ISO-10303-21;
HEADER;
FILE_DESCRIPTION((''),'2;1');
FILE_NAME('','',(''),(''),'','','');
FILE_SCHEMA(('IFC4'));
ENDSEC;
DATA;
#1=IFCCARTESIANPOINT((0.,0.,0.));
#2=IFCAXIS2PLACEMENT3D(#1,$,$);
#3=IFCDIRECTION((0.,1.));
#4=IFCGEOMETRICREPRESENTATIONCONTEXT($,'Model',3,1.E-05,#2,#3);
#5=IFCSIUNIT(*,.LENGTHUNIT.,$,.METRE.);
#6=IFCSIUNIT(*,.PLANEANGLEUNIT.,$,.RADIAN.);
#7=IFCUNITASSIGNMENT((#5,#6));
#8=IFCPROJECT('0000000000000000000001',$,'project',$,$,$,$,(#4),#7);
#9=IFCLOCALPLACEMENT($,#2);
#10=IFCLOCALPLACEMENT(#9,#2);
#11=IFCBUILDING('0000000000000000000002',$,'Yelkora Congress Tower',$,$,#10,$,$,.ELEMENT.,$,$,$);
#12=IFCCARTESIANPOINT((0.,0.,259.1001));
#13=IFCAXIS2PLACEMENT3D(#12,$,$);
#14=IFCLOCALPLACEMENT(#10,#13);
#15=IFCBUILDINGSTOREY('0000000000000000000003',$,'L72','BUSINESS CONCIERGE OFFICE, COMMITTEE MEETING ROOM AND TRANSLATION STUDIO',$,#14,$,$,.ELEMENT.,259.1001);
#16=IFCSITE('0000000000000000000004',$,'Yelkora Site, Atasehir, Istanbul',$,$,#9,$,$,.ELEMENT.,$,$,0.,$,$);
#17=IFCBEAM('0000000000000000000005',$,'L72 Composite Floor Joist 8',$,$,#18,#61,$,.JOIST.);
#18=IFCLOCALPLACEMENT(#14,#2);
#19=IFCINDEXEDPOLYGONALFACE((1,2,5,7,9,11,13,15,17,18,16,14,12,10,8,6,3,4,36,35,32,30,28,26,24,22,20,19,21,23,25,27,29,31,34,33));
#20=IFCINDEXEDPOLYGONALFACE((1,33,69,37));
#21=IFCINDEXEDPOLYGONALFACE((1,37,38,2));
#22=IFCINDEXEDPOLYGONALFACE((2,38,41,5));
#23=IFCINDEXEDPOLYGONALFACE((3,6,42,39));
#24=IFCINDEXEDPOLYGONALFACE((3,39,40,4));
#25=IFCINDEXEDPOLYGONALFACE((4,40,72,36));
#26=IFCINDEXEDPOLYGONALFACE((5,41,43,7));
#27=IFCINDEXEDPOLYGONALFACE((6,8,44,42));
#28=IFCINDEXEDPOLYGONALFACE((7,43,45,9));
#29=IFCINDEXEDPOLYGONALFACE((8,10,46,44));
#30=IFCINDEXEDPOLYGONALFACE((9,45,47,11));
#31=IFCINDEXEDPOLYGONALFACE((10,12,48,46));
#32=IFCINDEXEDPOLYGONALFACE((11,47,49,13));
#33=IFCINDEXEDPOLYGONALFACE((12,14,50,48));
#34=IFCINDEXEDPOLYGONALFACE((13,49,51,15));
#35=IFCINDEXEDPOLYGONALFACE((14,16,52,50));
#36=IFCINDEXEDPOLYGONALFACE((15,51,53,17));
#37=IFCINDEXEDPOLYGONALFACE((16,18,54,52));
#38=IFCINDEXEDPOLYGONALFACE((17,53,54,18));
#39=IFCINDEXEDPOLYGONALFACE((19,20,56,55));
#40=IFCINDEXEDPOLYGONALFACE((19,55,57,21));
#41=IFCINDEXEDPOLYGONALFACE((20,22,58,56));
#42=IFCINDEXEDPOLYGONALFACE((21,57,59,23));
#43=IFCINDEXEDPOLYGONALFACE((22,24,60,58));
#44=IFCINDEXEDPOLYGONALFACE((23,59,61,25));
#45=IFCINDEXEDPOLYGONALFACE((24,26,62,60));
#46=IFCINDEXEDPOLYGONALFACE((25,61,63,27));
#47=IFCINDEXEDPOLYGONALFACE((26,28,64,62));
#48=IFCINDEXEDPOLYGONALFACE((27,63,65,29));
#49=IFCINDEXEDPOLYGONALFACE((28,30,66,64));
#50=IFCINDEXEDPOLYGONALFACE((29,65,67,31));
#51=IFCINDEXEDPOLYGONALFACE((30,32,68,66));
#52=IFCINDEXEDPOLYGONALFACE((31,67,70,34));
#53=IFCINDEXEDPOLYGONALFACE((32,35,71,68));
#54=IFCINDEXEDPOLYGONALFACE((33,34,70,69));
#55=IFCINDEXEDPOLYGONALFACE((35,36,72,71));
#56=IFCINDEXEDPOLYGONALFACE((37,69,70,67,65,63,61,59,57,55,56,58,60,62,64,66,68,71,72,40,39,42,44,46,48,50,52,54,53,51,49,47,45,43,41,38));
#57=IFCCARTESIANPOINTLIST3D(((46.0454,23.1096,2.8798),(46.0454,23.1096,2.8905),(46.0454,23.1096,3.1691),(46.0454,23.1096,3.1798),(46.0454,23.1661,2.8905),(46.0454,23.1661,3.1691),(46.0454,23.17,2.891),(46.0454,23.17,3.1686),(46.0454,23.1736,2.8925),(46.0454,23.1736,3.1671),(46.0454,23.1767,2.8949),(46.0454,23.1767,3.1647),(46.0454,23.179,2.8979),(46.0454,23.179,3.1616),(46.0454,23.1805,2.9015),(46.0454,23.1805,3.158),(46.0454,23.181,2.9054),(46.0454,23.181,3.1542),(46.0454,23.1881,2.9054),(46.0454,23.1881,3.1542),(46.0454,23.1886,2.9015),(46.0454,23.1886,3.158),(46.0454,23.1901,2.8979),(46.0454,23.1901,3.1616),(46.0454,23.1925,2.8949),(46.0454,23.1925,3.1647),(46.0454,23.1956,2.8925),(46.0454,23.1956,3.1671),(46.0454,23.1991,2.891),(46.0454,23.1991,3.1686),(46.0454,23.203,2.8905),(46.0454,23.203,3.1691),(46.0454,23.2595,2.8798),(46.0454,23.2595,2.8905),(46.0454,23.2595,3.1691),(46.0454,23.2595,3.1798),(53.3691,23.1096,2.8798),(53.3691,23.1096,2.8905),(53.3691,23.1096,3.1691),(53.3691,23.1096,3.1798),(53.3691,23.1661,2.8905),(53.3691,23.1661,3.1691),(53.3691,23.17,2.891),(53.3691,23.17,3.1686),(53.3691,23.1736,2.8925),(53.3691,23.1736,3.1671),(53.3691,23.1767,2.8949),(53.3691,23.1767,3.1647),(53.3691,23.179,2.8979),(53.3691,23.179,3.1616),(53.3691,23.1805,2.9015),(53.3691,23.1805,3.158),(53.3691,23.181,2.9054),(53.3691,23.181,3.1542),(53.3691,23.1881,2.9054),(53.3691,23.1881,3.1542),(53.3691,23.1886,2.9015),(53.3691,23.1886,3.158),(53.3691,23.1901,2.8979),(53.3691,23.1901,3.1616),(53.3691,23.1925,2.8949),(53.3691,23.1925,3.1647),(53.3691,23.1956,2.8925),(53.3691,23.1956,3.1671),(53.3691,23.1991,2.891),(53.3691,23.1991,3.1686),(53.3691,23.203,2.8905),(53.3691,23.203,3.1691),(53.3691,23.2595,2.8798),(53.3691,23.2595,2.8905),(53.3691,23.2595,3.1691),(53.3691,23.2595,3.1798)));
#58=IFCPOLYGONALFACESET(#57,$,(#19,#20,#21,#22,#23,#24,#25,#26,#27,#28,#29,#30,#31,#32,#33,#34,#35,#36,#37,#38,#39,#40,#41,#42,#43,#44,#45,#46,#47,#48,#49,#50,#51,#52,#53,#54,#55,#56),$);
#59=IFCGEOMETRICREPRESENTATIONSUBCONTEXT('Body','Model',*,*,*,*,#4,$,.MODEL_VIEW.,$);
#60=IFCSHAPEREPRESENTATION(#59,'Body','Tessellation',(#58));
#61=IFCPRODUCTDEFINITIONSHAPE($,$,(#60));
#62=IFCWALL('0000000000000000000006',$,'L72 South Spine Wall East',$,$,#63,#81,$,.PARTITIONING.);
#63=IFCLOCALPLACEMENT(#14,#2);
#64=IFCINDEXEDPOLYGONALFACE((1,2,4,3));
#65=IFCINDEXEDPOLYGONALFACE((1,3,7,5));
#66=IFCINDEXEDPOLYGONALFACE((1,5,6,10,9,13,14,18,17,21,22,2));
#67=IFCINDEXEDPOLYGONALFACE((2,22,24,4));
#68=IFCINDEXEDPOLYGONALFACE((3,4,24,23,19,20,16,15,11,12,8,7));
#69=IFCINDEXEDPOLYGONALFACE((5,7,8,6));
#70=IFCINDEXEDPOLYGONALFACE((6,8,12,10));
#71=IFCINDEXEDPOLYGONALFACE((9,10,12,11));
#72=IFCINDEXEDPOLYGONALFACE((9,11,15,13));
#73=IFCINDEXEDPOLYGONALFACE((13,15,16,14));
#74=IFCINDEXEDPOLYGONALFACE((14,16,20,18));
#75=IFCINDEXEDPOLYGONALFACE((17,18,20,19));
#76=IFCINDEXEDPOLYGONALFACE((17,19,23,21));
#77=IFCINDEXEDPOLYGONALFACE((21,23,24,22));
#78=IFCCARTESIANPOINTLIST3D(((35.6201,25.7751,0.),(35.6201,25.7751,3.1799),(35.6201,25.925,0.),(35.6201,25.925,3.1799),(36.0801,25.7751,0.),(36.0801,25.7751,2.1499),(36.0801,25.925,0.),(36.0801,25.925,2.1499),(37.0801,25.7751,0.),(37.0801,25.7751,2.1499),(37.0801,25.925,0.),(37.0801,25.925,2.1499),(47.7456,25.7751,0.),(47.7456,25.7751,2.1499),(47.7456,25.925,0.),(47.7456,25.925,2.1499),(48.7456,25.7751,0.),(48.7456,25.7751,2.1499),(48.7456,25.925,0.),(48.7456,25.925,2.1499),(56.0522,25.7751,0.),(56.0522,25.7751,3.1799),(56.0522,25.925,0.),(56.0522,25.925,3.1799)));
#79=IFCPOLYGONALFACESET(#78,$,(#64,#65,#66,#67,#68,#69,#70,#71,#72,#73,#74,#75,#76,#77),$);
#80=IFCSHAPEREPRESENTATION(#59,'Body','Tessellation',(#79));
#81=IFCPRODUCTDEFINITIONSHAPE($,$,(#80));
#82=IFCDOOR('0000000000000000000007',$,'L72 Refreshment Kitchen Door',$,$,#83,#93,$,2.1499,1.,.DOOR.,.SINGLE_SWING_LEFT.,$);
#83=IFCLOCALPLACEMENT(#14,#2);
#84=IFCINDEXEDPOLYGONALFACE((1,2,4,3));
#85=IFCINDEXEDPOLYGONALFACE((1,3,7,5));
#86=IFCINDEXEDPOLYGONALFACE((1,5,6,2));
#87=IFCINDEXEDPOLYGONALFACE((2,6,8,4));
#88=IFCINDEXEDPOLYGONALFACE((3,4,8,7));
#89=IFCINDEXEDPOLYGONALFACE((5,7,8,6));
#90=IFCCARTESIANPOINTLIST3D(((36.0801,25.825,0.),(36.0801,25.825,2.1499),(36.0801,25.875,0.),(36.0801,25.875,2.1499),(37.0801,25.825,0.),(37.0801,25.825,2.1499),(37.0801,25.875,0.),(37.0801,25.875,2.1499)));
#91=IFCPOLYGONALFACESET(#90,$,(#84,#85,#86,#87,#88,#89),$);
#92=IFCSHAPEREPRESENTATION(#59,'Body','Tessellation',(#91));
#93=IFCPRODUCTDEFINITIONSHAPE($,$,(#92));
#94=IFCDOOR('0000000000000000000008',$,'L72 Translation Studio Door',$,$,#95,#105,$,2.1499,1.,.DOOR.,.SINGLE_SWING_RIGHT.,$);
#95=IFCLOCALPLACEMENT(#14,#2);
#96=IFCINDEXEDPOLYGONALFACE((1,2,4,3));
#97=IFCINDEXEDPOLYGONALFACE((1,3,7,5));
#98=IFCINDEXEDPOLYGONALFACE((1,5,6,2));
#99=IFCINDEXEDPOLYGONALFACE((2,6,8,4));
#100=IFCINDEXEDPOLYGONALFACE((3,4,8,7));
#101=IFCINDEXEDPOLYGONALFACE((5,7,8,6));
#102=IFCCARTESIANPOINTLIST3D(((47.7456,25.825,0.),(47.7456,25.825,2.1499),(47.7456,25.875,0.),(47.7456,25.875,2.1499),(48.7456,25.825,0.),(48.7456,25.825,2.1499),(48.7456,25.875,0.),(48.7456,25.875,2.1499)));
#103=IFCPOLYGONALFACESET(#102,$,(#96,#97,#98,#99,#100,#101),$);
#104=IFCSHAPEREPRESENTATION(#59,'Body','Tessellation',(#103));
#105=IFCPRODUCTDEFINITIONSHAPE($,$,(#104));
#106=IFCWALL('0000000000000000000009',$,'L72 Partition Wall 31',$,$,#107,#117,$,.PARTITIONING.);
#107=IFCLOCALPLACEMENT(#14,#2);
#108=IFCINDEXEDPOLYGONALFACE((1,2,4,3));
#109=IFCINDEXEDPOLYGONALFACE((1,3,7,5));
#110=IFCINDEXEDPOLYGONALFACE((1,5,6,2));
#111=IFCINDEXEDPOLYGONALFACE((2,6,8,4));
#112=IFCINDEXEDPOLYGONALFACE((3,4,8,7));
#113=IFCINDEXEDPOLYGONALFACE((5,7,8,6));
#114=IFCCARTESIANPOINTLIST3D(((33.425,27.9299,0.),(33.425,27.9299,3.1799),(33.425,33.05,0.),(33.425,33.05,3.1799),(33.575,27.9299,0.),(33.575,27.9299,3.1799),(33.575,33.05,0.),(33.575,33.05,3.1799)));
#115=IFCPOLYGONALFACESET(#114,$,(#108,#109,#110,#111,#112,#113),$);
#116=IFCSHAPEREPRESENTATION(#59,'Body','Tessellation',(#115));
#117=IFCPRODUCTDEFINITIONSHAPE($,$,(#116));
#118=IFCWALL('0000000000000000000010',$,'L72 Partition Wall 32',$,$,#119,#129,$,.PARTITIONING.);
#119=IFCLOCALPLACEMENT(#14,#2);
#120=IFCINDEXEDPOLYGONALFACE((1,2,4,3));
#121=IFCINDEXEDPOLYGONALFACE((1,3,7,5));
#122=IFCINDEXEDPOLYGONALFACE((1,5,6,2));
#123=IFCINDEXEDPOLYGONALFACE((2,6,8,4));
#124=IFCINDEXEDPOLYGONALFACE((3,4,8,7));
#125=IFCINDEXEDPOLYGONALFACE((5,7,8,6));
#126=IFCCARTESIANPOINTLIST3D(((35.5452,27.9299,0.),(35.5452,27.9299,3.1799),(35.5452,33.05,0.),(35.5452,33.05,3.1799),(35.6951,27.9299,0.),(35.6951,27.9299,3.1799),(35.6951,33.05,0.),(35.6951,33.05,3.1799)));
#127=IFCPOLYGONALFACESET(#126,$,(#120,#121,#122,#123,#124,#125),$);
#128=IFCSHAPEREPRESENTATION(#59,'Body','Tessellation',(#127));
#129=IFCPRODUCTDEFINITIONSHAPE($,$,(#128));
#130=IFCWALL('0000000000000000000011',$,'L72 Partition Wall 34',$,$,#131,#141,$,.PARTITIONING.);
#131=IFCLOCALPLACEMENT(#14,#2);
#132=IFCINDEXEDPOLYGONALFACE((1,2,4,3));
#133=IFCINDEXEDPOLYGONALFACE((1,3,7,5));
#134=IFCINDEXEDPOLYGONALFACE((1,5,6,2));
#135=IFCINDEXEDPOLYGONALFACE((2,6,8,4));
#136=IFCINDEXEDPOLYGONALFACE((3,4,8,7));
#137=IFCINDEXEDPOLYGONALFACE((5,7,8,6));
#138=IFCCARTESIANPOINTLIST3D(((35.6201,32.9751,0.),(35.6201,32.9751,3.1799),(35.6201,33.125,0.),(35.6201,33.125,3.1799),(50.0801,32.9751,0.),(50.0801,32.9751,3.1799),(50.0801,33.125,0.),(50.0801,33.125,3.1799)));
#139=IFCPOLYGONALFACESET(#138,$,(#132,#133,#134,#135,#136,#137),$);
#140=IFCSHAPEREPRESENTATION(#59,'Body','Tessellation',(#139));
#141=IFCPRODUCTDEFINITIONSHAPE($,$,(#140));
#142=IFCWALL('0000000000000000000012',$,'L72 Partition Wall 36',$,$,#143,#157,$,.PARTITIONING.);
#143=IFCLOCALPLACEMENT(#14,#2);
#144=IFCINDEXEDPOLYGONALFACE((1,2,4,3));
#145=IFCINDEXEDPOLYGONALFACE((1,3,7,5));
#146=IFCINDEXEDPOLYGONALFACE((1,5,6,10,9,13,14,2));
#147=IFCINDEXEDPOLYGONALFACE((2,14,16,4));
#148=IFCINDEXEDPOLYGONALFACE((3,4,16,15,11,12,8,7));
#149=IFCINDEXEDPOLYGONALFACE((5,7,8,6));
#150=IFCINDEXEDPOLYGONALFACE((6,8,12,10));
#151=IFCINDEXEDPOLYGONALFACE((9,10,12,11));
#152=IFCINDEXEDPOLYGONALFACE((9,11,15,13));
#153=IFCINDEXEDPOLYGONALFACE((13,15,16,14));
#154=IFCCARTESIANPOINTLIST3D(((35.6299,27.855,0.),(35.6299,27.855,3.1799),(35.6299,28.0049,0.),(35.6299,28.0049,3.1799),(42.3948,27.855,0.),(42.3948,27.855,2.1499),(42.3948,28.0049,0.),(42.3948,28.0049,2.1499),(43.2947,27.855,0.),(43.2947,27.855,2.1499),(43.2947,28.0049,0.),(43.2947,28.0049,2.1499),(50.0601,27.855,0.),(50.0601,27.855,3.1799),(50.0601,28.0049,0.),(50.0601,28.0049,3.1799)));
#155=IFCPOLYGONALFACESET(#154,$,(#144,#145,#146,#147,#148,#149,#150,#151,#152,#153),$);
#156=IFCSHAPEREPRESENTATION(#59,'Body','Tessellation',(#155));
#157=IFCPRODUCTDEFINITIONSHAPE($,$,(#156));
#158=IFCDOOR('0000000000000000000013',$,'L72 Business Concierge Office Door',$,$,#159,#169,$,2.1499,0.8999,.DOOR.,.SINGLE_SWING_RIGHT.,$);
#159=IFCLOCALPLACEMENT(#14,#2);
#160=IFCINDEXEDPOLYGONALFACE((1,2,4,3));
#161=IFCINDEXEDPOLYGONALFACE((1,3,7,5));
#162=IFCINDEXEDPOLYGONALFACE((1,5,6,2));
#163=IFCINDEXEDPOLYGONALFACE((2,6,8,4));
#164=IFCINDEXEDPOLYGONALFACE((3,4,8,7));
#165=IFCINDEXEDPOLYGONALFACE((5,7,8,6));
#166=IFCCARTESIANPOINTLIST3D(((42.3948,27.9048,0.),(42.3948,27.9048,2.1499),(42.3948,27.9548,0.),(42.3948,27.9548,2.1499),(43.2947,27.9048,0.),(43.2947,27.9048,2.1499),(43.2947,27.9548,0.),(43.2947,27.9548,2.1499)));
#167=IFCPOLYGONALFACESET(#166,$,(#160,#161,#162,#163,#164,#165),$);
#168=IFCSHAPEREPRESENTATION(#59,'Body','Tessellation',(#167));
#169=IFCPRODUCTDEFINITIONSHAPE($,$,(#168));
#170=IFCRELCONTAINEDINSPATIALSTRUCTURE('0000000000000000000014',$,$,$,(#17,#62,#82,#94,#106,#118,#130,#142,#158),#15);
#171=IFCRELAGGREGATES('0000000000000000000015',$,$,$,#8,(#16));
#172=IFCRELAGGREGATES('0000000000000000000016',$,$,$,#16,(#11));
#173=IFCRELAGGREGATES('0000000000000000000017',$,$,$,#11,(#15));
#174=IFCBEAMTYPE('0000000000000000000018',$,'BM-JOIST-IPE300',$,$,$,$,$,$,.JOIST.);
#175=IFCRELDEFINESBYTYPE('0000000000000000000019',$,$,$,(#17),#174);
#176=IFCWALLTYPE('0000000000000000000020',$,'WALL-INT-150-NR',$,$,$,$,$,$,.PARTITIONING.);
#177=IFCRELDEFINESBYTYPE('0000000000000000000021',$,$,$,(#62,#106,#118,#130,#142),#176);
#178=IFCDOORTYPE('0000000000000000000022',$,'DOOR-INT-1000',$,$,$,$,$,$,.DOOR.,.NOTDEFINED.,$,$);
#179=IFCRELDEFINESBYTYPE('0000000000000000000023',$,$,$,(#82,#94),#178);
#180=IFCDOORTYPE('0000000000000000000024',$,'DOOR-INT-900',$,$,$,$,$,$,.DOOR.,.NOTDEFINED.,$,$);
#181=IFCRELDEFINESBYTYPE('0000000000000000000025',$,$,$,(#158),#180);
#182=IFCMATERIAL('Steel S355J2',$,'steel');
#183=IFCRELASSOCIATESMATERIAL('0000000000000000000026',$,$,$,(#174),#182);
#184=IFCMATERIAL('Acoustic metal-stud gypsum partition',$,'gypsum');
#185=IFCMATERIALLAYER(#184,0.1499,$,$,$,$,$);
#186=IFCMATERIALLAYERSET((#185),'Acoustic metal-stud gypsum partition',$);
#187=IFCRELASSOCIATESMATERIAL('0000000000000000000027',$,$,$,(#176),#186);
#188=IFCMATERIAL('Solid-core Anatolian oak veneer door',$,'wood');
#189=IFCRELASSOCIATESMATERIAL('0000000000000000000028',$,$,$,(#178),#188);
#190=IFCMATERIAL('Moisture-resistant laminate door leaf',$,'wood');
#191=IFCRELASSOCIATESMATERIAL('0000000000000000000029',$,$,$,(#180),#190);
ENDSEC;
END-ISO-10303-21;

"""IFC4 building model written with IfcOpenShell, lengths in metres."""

from ifc_helpers import new_model, si_unit, direction, frame, frame_2d, origin, origin_2d, place, context, subcontext, project, spatial, rectangle, i_section, extrude, material, layer, layer_set, material_profile, profile_set, type_object, element, fill, save


model = new_model("IFC4")

# Units and contexts
model_context = context("Model", 3, precision=1e-05, world=origin(), true_north=direction((0.0, 1.0)))
body_context = subcontext(model_context, "Body", "Model", "MODEL_VIEW")
ifc_project = project(units=[si_unit("LENGTHUNIT", "METRE"), si_unit("PLANEANGLEUNIT", "RADIAN")], contexts=[model_context])

# Site, building, storey
site_placement = place(None, origin())
site = spatial("IfcSite", under=ifc_project, at=site_placement, Name="Yelkora Site, Atasehir, Istanbul", CompositionType="ELEMENT", RefElevation=0.0)
building_placement = place(site_placement, origin())
building = spatial("IfcBuilding", under=site, at=building_placement, Name="Yelkora Congress Tower", CompositionType="ELEMENT")
storey_placement = place(building_placement, frame((0.0, 0.0, 259.1001)))
storey = spatial("IfcBuildingStorey", under=building, at=storey_placement, Name="L72", Description="BUSINESS CONCIERGE OFFICE, COMMITTEE MEETING ROOM AND TRANSLATION STUDIO", CompositionType="ELEMENT", Elevation=259.1001)

# Beam
ifc_material_1 = material(Name="Steel S355J2", Category="steel")
ifc_material_profile_1 = material_profile(ifc_material_1, i_section(OverallWidth=0.1499, OverallDepth=0.3, WebThickness=0.0071, FlangeThickness=0.0107, FilletRadius=0.0149, at=origin_2d()), Name="IPE 300")
ifc_profile_set_1 = profile_set([ifc_material_profile_1], Name="Steel S355J2")
beam_type_1 = type_object("IfcBeamType", Name="BM-JOIST-IPE300", PredefinedType="JOIST", material=ifc_profile_set_1)
beam_1_placement = place(storey_placement, frame((46.0454, 23.1846, 3.0298), z_axis=(1.0, 0.0, 0.0), x_axis=(0.0, 1.0, 0.0)))
element("IfcBeam", 1, at=beam_1_placement, inside=storey, type_object=beam_type_1, Name="L72 Composite Floor Joist 8", PredefinedType="JOIST", context=body_context, shape_type="SweptSolid", body=[
    extrude(i_section(OverallWidth=0.1499, OverallDepth=0.3, WebThickness=0.0071, FlangeThickness=0.0107, FilletRadius=0.0149, at=origin_2d()), origin(), (0.0, 0.0, 1.0), 7.3237),
])

# Wall, openings, doors
ifc_material_2 = material(Name="Acoustic metal-stud gypsum partition", Category="gypsum")
ifc_layer_1 = layer(ifc_material_2, 0.1499)
ifc_layer_set_1 = layer_set([ifc_layer_1], Name="Acoustic metal-stud gypsum partition")
wall_type_1 = type_object("IfcWallType", Name="WALL-INT-150-NR", PredefinedType="PARTITIONING", material=ifc_layer_set_1)
wall_1_placement = place(storey_placement, frame((35.6201, 25.8501, 0.0), z_axis=(0.0, 0.0, 1.0), x_axis=(1.0, 0.0, 0.0)))
wall_1 = element("IfcWall", 2, at=wall_1_placement, inside=storey, type_object=wall_type_1, Name="L72 South Spine Wall East", PredefinedType="PARTITIONING", context=body_context, shape_type="SweptSolid", body=[
    extrude(rectangle(XDim=20.4321, YDim=0.1499, at=frame_2d((10.2161, 0.0))), origin(), (0.0, 0.0, 1.0), 3.1799),
])
opening_1_placement = place(wall_1_placement, frame((0.46, 0.0, 0.0)))
opening_1 = element("IfcOpeningElement", 3, at=opening_1_placement, cuts=wall_1, PredefinedType="OPENING", context=body_context, shape_type="SweptSolid", body=[
    extrude(rectangle(XDim=1.0, YDim=2.1499, at=frame_2d((0.5, 1.075))), frame((0.0, 0.085, 0.0), z_axis=(0.0, -1.0, 0.0), x_axis=(1.0, 0.0, 0.0)), (0.0, 0.0, 1.0), 0.1699),
])
opening_2_placement = place(wall_1_placement, frame((12.1255, 0.0, 0.0)))
opening_2 = element("IfcOpeningElement", 4, at=opening_2_placement, cuts=wall_1, PredefinedType="OPENING", context=body_context, shape_type="SweptSolid", body=[
    extrude(rectangle(XDim=1.0, YDim=2.1499, at=frame_2d((0.5, 1.075))), frame((0.0, 0.085, 0.0), z_axis=(0.0, -1.0, 0.0), x_axis=(1.0, 0.0, 0.0)), (0.0, 0.0, 1.0), 0.1699),
])
ifc_material_3 = material(Name="Solid-core Anatolian oak veneer door", Category="wood")
door_type_1 = type_object("IfcDoorType", Name="DOOR-INT-1000", OperationType="NOTDEFINED", PredefinedType="DOOR", material=ifc_material_3)
door_1_placement = place(opening_1_placement, origin())
door_1 = element("IfcDoor", 5, at=door_1_placement, inside=storey, type_object=door_type_1, Name="L72 Refreshment Kitchen Door", OperationType="SINGLE_SWING_LEFT", OverallHeight=2.1499, OverallWidth=1.0, PredefinedType="DOOR", context=body_context, shape_type="SweptSolid", body=[
    extrude(rectangle(XDim=1.0, YDim=2.1499, at=frame_2d((0.5, 1.075))), frame((0.0, 0.0249, 0.0), z_axis=(0.0, -1.0, 0.0), x_axis=(1.0, 0.0, 0.0)), (0.0, 0.0, 1.0), 0.05),
])
fill(opening_1, door_1)
door_2_placement = place(opening_2_placement, origin())
door_2 = element("IfcDoor", 6, at=door_2_placement, inside=storey, type_object=door_type_1, Name="L72 Translation Studio Door", OperationType="SINGLE_SWING_RIGHT", OverallHeight=2.1499, OverallWidth=1.0, PredefinedType="DOOR", context=body_context, shape_type="SweptSolid", body=[
    extrude(rectangle(XDim=1.0, YDim=2.1499, at=frame_2d((0.5, 1.075))), frame((0.0, 0.0249, 0.0), z_axis=(0.0, -1.0, 0.0), x_axis=(1.0, 0.0, 0.0)), (0.0, 0.0, 1.0), 0.05),
])
fill(opening_2, door_2)

# Walls
for number, where, z_axis, x_axis, name in (
    (7, (33.5, 27.9299, 0.0), (0.0, 0.0, 1.0), (0.0, 1.0, 0.0), "L72 Partition Wall 31"),
    (8, (35.6201, 27.9299, 0.0), (0.0, 0.0, 1.0), (0.0, 1.0, 0.0), "L72 Partition Wall 32"),
):
    element("IfcWall", number, at=place(storey_placement, frame(where, z_axis=z_axis, x_axis=x_axis)), inside=storey, type_object=wall_type_1, Name=name, PredefinedType="PARTITIONING", context=body_context, shape_type="SweptSolid", body=[
        extrude(rectangle(XDim=5.1201, YDim=0.1499, at=frame_2d((2.5601, 0.0))), origin(), (0.0, 0.0, 1.0), 3.1799),
    ])
wall_2_placement = place(storey_placement, frame((35.6201, 33.05, 0.0), z_axis=(0.0, 0.0, 1.0), x_axis=(1.0, 0.0, 0.0)))
element("IfcWall", 9, at=wall_2_placement, inside=storey, type_object=wall_type_1, Name="L72 Partition Wall 34", PredefinedType="PARTITIONING", context=body_context, shape_type="SweptSolid", body=[
    extrude(rectangle(XDim=14.46, YDim=0.1499, at=frame_2d((7.23, 0.0))), origin(), (0.0, 0.0, 1.0), 3.1799),
])

# Wall, opening, door
wall_3_placement = place(storey_placement, frame((35.6299, 27.9299, 0.0), z_axis=(0.0, 0.0, 1.0), x_axis=(1.0, 0.0, 0.0)))
wall_3 = element("IfcWall", 10, at=wall_3_placement, inside=storey, type_object=wall_type_1, Name="L72 Partition Wall 36", PredefinedType="PARTITIONING", context=body_context, shape_type="SweptSolid", body=[
    extrude(rectangle(XDim=14.4302, YDim=0.1499, at=frame_2d((7.2151, 0.0))), origin(), (0.0, 0.0, 1.0), 3.1799),
])
opening_3_placement = place(wall_3_placement, frame((6.7649, 0.0, 0.0)))
opening_3 = element("IfcOpeningElement", 11, at=opening_3_placement, cuts=wall_3, PredefinedType="OPENING", context=body_context, shape_type="SweptSolid", body=[
    extrude(rectangle(XDim=0.8999, YDim=2.1499, at=frame_2d((0.45, 1.075))), frame((0.0, 0.085, 0.0), z_axis=(0.0, -1.0, 0.0), x_axis=(1.0, 0.0, 0.0)), (0.0, 0.0, 1.0), 0.1699),
])
ifc_material_4 = material(Name="Moisture-resistant laminate door leaf", Category="wood")
door_type_2 = type_object("IfcDoorType", Name="DOOR-INT-900", OperationType="NOTDEFINED", PredefinedType="DOOR", material=ifc_material_4)
door_3_placement = place(opening_3_placement, origin())
door_3 = element("IfcDoor", 12, at=door_3_placement, inside=storey, type_object=door_type_2, Name="L72 Business Concierge Office Door", OperationType="SINGLE_SWING_RIGHT", OverallHeight=2.1499, OverallWidth=0.8999, PredefinedType="DOOR", context=body_context, shape_type="SweptSolid", body=[
    extrude(rectangle(XDim=0.8999, YDim=2.1499, at=frame_2d((0.45, 1.075))), frame((0.0, 0.0249, 0.0), z_axis=(0.0, -1.0, 0.0), x_axis=(1.0, 0.0, 0.0)), (0.0, 0.0, 1.0), 0.05),
])
fill(opening_3, door_3)

save(model, "model.ifc")
